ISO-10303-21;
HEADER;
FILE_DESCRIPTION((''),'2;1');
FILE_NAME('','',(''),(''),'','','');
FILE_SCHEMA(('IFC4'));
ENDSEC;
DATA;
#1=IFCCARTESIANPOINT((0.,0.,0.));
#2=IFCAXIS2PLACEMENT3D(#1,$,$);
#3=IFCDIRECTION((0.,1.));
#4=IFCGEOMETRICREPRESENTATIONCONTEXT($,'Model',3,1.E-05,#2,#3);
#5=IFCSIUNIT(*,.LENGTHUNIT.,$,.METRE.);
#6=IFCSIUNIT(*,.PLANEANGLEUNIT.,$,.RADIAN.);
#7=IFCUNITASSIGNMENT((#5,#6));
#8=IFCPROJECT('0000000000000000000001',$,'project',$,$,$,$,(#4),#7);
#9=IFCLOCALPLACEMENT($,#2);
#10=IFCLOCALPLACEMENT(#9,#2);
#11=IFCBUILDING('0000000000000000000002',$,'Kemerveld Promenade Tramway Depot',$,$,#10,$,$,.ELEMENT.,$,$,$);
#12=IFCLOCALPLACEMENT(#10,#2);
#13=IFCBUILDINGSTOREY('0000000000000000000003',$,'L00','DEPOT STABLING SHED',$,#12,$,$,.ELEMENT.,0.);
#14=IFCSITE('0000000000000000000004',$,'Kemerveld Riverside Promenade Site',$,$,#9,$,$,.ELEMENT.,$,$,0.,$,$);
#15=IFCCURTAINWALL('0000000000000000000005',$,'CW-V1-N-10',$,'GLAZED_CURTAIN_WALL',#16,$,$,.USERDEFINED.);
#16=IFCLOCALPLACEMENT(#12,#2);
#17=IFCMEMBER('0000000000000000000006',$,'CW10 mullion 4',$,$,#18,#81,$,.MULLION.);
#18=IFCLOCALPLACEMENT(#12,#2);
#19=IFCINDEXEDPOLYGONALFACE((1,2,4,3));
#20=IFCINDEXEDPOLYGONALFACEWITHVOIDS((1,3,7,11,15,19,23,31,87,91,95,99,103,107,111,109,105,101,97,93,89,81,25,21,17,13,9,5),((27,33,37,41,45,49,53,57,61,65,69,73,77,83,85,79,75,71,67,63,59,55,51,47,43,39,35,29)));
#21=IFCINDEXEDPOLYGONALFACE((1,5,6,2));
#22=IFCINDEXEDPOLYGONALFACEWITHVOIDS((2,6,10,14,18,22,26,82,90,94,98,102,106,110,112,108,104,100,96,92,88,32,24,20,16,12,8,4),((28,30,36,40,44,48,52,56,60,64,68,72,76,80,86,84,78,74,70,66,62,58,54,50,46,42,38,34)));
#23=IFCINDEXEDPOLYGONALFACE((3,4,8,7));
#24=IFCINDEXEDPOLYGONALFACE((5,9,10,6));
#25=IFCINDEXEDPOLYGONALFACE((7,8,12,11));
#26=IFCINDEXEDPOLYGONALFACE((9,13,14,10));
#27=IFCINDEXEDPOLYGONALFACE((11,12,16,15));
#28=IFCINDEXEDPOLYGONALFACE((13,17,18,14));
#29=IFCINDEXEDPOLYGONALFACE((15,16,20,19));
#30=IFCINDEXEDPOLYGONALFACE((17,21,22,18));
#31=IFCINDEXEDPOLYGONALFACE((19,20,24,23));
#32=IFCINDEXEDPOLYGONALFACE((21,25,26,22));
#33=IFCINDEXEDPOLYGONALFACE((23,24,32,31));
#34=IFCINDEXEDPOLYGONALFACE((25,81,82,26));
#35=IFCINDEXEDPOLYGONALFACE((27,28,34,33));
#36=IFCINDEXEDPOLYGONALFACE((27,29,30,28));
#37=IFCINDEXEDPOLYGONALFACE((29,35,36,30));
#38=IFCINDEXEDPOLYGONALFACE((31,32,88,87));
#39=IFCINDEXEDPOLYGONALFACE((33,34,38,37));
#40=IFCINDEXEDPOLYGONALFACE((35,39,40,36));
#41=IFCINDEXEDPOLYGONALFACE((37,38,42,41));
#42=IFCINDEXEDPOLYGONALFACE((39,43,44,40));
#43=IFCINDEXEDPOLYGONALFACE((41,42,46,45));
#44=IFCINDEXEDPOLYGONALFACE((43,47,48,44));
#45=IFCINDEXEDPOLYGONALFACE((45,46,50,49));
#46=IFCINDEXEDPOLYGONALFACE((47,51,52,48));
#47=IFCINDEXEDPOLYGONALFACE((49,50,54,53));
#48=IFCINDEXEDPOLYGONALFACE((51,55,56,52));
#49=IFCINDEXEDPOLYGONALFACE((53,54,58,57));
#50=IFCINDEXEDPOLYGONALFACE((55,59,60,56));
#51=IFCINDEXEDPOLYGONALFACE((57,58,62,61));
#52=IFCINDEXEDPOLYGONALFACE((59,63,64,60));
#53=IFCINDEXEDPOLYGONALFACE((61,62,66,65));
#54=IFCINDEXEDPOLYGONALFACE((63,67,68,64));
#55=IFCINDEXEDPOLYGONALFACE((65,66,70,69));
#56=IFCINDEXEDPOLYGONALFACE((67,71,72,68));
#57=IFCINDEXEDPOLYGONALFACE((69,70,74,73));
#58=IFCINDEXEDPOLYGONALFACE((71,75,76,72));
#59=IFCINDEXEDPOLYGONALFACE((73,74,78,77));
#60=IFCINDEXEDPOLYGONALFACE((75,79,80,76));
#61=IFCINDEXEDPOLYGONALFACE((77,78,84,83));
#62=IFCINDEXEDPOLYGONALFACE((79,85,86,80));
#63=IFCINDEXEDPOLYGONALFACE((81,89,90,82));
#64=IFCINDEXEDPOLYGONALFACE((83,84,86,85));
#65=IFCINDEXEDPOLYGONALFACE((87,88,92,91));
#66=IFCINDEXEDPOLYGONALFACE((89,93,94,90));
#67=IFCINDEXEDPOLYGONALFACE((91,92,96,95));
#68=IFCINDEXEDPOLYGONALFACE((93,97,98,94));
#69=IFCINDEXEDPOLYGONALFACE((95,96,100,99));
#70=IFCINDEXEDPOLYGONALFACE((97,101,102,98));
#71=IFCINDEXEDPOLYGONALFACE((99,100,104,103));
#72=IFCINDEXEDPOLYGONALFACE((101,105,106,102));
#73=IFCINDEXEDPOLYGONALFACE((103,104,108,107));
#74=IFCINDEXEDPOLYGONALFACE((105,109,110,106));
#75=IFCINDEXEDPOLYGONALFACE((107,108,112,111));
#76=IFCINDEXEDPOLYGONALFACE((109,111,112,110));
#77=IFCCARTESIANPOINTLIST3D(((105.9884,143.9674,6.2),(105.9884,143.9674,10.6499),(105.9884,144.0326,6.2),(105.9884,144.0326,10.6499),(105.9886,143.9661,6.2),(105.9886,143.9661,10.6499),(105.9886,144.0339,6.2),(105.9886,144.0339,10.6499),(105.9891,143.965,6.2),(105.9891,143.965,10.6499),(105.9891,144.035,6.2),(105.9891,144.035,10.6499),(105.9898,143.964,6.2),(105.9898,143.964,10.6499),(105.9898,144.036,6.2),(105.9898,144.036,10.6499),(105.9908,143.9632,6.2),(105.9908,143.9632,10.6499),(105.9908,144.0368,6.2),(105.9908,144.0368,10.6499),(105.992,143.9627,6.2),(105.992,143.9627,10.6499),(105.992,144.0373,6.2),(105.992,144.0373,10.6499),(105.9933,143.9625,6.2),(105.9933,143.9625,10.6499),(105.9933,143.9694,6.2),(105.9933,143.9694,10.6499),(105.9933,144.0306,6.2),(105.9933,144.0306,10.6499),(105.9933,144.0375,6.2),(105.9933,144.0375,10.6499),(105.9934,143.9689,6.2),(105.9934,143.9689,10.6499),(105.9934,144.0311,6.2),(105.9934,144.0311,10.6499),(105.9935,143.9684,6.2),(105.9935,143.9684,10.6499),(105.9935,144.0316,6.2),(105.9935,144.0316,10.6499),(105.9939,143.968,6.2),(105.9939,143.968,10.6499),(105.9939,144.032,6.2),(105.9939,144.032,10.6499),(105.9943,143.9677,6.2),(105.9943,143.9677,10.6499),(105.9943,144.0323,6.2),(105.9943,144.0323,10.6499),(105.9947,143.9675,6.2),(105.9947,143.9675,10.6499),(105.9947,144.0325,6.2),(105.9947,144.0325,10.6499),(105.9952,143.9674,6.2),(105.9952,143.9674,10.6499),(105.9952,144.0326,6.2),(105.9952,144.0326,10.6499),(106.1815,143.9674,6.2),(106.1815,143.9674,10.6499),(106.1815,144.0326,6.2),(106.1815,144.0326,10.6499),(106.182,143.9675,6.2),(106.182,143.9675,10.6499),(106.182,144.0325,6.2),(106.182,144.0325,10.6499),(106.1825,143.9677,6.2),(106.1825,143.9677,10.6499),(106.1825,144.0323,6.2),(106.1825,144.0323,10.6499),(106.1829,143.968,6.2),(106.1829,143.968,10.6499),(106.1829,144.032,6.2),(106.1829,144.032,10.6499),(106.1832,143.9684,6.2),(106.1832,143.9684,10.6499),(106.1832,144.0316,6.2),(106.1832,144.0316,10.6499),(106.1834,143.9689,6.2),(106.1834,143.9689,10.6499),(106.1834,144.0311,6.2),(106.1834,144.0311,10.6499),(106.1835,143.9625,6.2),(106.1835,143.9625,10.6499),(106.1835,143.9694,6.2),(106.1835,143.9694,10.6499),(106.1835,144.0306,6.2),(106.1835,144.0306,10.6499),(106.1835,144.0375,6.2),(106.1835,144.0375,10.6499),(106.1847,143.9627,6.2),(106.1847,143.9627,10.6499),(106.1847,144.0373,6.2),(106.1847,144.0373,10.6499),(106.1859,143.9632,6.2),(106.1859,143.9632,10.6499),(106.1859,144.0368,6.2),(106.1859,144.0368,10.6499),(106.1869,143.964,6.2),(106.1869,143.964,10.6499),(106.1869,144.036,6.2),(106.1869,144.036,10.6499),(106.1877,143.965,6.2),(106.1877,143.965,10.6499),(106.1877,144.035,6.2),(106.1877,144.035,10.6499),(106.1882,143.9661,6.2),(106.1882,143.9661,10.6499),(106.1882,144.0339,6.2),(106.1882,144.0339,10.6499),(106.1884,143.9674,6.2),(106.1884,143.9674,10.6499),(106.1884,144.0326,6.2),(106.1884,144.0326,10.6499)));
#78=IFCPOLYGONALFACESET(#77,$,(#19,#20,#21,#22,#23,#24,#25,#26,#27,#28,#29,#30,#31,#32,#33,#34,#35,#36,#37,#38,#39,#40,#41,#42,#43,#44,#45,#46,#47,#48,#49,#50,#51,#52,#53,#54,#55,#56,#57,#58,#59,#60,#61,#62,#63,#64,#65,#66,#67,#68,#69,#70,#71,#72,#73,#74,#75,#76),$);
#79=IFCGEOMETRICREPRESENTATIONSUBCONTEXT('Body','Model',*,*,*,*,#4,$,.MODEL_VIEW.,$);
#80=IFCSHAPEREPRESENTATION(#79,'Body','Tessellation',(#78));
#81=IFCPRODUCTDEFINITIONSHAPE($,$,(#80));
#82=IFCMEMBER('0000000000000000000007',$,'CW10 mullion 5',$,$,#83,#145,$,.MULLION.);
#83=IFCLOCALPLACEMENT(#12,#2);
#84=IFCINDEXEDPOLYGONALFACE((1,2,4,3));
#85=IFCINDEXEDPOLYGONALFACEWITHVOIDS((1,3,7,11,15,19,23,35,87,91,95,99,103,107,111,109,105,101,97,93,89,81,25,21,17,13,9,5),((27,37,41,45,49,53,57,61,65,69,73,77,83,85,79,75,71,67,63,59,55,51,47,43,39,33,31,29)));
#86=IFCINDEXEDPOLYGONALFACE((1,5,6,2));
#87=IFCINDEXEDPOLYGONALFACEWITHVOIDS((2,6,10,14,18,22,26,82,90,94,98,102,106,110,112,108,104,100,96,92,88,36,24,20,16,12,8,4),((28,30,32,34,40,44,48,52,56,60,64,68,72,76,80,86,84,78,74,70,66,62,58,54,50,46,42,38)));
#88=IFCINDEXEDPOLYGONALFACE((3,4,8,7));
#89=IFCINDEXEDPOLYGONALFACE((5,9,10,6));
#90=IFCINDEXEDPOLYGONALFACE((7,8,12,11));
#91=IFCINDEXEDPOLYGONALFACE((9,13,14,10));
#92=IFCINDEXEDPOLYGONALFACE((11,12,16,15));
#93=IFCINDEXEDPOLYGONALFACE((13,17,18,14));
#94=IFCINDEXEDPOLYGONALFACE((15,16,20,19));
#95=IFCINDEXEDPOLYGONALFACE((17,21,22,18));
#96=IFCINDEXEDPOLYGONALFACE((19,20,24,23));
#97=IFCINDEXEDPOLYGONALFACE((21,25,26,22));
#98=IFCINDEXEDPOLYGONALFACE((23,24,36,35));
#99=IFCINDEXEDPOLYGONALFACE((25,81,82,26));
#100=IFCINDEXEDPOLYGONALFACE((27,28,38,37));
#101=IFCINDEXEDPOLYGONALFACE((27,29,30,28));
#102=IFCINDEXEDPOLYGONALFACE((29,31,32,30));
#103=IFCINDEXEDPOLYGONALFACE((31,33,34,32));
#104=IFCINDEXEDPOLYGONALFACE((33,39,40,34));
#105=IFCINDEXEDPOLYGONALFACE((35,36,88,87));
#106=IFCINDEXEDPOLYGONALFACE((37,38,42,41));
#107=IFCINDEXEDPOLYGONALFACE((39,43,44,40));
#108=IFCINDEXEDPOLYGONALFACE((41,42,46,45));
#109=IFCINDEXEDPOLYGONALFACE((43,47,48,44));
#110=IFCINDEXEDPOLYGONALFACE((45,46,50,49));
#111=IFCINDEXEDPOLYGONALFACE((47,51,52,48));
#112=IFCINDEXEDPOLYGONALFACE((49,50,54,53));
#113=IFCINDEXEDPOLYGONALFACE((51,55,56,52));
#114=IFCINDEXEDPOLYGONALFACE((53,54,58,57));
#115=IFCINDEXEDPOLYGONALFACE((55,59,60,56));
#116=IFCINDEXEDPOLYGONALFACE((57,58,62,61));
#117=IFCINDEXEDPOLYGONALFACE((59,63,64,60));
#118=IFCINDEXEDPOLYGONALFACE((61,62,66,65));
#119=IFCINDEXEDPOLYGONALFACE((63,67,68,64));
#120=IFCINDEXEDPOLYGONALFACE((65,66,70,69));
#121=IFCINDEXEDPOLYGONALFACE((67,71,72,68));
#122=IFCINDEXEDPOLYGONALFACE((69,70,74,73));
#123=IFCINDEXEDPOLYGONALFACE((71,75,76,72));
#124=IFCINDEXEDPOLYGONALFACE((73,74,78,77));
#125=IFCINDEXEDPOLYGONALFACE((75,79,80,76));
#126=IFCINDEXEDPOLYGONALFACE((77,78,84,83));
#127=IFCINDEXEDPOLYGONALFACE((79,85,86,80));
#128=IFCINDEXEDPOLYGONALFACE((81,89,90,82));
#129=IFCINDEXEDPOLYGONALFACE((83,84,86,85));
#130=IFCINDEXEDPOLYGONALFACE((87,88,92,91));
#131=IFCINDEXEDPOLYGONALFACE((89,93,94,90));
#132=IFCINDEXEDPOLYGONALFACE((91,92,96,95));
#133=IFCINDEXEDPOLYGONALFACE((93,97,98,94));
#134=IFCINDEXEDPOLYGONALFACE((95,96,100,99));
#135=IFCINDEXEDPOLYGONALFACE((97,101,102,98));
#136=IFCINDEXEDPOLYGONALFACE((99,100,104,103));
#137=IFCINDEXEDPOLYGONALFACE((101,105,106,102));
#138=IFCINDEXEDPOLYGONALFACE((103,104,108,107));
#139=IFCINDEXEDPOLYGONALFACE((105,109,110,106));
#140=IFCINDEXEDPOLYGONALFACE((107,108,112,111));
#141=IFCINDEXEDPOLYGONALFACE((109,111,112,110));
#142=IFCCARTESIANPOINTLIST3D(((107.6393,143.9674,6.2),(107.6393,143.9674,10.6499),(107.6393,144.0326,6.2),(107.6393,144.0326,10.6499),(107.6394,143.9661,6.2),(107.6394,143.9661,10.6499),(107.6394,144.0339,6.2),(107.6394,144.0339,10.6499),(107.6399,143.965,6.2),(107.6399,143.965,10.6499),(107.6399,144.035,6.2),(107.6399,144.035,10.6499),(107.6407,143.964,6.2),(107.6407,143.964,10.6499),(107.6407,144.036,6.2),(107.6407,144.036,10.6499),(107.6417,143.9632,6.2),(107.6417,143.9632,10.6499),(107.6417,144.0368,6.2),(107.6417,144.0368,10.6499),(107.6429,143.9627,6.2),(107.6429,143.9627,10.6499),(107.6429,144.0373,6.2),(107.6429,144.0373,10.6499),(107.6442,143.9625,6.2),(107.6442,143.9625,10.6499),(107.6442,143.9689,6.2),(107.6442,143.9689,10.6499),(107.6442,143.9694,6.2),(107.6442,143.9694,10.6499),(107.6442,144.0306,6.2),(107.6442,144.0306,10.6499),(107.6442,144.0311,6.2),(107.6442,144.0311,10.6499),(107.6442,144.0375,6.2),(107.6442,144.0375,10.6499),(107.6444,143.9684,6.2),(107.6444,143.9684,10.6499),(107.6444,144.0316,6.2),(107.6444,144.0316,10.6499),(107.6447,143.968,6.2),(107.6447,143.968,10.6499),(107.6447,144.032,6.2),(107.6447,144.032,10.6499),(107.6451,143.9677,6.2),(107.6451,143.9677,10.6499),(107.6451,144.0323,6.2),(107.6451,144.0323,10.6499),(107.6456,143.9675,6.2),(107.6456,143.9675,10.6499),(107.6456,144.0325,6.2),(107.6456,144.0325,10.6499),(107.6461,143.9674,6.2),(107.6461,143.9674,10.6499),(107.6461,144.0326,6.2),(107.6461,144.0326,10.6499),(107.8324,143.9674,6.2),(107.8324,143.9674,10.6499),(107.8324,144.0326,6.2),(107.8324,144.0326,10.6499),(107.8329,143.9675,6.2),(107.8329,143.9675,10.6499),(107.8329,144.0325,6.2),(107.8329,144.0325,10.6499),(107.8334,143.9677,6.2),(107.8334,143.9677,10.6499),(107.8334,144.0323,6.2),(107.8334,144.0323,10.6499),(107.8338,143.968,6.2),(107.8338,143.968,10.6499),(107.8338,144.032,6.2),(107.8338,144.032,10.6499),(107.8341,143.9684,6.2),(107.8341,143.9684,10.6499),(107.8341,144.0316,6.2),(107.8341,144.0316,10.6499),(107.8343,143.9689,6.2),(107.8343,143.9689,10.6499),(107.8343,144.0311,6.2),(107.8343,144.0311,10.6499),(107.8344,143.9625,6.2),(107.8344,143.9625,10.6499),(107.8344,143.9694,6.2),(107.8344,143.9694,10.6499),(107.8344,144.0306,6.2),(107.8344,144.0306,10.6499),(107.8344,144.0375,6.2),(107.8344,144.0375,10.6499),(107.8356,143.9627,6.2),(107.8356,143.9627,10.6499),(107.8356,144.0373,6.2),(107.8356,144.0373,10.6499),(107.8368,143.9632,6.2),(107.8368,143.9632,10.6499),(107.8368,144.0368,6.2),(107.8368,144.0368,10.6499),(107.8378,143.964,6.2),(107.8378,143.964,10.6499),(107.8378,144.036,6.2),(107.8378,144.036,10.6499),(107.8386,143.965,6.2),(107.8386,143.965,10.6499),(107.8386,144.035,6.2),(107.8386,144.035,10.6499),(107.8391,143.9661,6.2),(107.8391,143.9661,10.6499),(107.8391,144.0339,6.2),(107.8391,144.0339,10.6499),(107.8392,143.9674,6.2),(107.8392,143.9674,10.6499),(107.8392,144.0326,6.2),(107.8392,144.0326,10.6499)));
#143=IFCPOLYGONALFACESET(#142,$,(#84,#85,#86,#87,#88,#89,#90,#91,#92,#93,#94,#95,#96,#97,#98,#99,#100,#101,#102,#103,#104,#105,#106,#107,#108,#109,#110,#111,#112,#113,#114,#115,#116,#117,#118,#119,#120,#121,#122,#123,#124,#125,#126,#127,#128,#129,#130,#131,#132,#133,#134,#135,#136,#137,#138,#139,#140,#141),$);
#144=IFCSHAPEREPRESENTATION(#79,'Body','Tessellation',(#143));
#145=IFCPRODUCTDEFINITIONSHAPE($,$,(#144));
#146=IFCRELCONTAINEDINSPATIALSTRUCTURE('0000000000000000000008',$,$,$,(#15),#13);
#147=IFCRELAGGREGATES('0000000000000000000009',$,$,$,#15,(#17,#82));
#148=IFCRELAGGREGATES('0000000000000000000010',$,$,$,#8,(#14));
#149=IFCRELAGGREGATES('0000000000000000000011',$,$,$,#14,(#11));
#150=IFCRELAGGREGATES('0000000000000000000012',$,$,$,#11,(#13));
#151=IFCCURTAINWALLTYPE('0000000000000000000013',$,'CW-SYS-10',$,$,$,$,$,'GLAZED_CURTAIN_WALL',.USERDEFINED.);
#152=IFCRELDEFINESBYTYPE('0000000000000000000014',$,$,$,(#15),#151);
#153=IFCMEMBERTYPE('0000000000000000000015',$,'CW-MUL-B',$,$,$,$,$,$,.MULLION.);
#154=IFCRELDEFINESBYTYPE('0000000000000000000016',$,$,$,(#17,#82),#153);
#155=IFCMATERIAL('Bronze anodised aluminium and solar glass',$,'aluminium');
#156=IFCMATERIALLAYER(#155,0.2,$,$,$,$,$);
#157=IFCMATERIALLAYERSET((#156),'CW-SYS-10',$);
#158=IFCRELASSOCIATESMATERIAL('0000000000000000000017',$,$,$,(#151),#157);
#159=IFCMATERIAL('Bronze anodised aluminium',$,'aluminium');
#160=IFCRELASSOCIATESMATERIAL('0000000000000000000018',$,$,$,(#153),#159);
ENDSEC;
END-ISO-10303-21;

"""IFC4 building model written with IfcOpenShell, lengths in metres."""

from ifc_helpers import new_model, si_unit, direction, frame, origin, origin_2d, place, context, subcontext, project, spatial, hollow_rectangle, extrude, material, layer, layer_set, material_profile, profile_set, type_object, element, aggregate, save


model = new_model("IFC4")

# Units and contexts
model_context = context("Model", 3, precision=1e-05, world=origin(), true_north=direction((0.0, 1.0)))
body_context = subcontext(model_context, "Body", "Model", "MODEL_VIEW")
ifc_project = project(units=[si_unit("LENGTHUNIT", "METRE"), si_unit("PLANEANGLEUNIT", "RADIAN")], contexts=[model_context])

# Site, building, storey
site_placement = place(None, origin())
site = spatial("IfcSite", under=ifc_project, at=site_placement, Name="Kemerveld Riverside Promenade Site", CompositionType="ELEMENT", RefElevation=0.0)
building_placement = place(site_placement, origin())
building = spatial("IfcBuilding", under=site, at=building_placement, Name="Kemerveld Promenade Tramway Depot", CompositionType="ELEMENT")
storey_placement = place(building_placement, origin())
storey = spatial("IfcBuildingStorey", under=building, at=storey_placement, Name="L00", Description="DEPOT STABLING SHED", CompositionType="ELEMENT", Elevation=0.0)

# Curtain wall, members
ifc_material_1 = material(Name="Bronze anodised aluminium and solar glass", Category="aluminium")
ifc_material_2 = material(Name="Bronze anodised aluminium", Category="aluminium")
ifc_layer_1 = layer(ifc_material_1, 0.2)
ifc_layer_set_1 = layer_set([ifc_layer_1], Name="CW-SYS-10")
curtain_wall_type_1 = type_object("IfcCurtainWallType", Name="CW-SYS-10", ElementType="GLAZED_CURTAIN_WALL", PredefinedType="USERDEFINED", material=ifc_layer_set_1)
curtain_wall_1_placement = place(storey_placement, origin())
curtain_wall_1 = element("IfcCurtainWall", 1, at=curtain_wall_1_placement, inside=storey, type_object=curtain_wall_type_1, Name="CW-V1-N-10", ObjectType="GLAZED_CURTAIN_WALL", PredefinedType="USERDEFINED")
ifc_material_profile_1 = material_profile(ifc_material_2, hollow_rectangle(XDim=0.075, YDim=0.2, WallThickness=0.0049, InnerFilletRadius=0.002, OuterFilletRadius=0.0049, at=origin_2d()), Name="CW-MUL-200x75")
ifc_profile_set_1 = profile_set([ifc_material_profile_1], Name="Bronze anodised aluminium")
member_type_1 = type_object("IfcMemberType", Name="CW-MUL-B", PredefinedType="MULLION", material=ifc_profile_set_1)
member_1_placement = place(storey_placement, frame((106.0884, 144.0, 6.2), z_axis=(0.0, 0.0, 1.0), x_axis=(0.0, 1.0, 0.0)))
member_1 = element("IfcMember", 2, at=member_1_placement, type_object=member_type_1, Name="CW10 mullion 4", PredefinedType="MULLION", context=body_context, shape_type="SweptSolid", body=[
    extrude(hollow_rectangle(XDim=0.075, YDim=0.2, WallThickness=0.0049, InnerFilletRadius=0.002, OuterFilletRadius=0.0049, at=origin_2d()), origin(), (0.0, 0.0, 1.0), 4.45),
])
member_2_placement = place(storey_placement, frame((107.7393, 144.0, 6.2), z_axis=(0.0, 0.0, 1.0), x_axis=(0.0, 1.0, 0.0)))
member_2 = element("IfcMember", 3, at=member_2_placement, type_object=member_type_1, Name="CW10 mullion 5", PredefinedType="MULLION", context=body_context, shape_type="SweptSolid", body=[
    extrude(hollow_rectangle(XDim=0.075, YDim=0.2, WallThickness=0.0049, InnerFilletRadius=0.002, OuterFilletRadius=0.0049, at=origin_2d()), origin(), (0.0, 0.0, 1.0), 4.45),
])

aggregate(curtain_wall_1, [member_1, member_2])

save(model, "model.ifc")
